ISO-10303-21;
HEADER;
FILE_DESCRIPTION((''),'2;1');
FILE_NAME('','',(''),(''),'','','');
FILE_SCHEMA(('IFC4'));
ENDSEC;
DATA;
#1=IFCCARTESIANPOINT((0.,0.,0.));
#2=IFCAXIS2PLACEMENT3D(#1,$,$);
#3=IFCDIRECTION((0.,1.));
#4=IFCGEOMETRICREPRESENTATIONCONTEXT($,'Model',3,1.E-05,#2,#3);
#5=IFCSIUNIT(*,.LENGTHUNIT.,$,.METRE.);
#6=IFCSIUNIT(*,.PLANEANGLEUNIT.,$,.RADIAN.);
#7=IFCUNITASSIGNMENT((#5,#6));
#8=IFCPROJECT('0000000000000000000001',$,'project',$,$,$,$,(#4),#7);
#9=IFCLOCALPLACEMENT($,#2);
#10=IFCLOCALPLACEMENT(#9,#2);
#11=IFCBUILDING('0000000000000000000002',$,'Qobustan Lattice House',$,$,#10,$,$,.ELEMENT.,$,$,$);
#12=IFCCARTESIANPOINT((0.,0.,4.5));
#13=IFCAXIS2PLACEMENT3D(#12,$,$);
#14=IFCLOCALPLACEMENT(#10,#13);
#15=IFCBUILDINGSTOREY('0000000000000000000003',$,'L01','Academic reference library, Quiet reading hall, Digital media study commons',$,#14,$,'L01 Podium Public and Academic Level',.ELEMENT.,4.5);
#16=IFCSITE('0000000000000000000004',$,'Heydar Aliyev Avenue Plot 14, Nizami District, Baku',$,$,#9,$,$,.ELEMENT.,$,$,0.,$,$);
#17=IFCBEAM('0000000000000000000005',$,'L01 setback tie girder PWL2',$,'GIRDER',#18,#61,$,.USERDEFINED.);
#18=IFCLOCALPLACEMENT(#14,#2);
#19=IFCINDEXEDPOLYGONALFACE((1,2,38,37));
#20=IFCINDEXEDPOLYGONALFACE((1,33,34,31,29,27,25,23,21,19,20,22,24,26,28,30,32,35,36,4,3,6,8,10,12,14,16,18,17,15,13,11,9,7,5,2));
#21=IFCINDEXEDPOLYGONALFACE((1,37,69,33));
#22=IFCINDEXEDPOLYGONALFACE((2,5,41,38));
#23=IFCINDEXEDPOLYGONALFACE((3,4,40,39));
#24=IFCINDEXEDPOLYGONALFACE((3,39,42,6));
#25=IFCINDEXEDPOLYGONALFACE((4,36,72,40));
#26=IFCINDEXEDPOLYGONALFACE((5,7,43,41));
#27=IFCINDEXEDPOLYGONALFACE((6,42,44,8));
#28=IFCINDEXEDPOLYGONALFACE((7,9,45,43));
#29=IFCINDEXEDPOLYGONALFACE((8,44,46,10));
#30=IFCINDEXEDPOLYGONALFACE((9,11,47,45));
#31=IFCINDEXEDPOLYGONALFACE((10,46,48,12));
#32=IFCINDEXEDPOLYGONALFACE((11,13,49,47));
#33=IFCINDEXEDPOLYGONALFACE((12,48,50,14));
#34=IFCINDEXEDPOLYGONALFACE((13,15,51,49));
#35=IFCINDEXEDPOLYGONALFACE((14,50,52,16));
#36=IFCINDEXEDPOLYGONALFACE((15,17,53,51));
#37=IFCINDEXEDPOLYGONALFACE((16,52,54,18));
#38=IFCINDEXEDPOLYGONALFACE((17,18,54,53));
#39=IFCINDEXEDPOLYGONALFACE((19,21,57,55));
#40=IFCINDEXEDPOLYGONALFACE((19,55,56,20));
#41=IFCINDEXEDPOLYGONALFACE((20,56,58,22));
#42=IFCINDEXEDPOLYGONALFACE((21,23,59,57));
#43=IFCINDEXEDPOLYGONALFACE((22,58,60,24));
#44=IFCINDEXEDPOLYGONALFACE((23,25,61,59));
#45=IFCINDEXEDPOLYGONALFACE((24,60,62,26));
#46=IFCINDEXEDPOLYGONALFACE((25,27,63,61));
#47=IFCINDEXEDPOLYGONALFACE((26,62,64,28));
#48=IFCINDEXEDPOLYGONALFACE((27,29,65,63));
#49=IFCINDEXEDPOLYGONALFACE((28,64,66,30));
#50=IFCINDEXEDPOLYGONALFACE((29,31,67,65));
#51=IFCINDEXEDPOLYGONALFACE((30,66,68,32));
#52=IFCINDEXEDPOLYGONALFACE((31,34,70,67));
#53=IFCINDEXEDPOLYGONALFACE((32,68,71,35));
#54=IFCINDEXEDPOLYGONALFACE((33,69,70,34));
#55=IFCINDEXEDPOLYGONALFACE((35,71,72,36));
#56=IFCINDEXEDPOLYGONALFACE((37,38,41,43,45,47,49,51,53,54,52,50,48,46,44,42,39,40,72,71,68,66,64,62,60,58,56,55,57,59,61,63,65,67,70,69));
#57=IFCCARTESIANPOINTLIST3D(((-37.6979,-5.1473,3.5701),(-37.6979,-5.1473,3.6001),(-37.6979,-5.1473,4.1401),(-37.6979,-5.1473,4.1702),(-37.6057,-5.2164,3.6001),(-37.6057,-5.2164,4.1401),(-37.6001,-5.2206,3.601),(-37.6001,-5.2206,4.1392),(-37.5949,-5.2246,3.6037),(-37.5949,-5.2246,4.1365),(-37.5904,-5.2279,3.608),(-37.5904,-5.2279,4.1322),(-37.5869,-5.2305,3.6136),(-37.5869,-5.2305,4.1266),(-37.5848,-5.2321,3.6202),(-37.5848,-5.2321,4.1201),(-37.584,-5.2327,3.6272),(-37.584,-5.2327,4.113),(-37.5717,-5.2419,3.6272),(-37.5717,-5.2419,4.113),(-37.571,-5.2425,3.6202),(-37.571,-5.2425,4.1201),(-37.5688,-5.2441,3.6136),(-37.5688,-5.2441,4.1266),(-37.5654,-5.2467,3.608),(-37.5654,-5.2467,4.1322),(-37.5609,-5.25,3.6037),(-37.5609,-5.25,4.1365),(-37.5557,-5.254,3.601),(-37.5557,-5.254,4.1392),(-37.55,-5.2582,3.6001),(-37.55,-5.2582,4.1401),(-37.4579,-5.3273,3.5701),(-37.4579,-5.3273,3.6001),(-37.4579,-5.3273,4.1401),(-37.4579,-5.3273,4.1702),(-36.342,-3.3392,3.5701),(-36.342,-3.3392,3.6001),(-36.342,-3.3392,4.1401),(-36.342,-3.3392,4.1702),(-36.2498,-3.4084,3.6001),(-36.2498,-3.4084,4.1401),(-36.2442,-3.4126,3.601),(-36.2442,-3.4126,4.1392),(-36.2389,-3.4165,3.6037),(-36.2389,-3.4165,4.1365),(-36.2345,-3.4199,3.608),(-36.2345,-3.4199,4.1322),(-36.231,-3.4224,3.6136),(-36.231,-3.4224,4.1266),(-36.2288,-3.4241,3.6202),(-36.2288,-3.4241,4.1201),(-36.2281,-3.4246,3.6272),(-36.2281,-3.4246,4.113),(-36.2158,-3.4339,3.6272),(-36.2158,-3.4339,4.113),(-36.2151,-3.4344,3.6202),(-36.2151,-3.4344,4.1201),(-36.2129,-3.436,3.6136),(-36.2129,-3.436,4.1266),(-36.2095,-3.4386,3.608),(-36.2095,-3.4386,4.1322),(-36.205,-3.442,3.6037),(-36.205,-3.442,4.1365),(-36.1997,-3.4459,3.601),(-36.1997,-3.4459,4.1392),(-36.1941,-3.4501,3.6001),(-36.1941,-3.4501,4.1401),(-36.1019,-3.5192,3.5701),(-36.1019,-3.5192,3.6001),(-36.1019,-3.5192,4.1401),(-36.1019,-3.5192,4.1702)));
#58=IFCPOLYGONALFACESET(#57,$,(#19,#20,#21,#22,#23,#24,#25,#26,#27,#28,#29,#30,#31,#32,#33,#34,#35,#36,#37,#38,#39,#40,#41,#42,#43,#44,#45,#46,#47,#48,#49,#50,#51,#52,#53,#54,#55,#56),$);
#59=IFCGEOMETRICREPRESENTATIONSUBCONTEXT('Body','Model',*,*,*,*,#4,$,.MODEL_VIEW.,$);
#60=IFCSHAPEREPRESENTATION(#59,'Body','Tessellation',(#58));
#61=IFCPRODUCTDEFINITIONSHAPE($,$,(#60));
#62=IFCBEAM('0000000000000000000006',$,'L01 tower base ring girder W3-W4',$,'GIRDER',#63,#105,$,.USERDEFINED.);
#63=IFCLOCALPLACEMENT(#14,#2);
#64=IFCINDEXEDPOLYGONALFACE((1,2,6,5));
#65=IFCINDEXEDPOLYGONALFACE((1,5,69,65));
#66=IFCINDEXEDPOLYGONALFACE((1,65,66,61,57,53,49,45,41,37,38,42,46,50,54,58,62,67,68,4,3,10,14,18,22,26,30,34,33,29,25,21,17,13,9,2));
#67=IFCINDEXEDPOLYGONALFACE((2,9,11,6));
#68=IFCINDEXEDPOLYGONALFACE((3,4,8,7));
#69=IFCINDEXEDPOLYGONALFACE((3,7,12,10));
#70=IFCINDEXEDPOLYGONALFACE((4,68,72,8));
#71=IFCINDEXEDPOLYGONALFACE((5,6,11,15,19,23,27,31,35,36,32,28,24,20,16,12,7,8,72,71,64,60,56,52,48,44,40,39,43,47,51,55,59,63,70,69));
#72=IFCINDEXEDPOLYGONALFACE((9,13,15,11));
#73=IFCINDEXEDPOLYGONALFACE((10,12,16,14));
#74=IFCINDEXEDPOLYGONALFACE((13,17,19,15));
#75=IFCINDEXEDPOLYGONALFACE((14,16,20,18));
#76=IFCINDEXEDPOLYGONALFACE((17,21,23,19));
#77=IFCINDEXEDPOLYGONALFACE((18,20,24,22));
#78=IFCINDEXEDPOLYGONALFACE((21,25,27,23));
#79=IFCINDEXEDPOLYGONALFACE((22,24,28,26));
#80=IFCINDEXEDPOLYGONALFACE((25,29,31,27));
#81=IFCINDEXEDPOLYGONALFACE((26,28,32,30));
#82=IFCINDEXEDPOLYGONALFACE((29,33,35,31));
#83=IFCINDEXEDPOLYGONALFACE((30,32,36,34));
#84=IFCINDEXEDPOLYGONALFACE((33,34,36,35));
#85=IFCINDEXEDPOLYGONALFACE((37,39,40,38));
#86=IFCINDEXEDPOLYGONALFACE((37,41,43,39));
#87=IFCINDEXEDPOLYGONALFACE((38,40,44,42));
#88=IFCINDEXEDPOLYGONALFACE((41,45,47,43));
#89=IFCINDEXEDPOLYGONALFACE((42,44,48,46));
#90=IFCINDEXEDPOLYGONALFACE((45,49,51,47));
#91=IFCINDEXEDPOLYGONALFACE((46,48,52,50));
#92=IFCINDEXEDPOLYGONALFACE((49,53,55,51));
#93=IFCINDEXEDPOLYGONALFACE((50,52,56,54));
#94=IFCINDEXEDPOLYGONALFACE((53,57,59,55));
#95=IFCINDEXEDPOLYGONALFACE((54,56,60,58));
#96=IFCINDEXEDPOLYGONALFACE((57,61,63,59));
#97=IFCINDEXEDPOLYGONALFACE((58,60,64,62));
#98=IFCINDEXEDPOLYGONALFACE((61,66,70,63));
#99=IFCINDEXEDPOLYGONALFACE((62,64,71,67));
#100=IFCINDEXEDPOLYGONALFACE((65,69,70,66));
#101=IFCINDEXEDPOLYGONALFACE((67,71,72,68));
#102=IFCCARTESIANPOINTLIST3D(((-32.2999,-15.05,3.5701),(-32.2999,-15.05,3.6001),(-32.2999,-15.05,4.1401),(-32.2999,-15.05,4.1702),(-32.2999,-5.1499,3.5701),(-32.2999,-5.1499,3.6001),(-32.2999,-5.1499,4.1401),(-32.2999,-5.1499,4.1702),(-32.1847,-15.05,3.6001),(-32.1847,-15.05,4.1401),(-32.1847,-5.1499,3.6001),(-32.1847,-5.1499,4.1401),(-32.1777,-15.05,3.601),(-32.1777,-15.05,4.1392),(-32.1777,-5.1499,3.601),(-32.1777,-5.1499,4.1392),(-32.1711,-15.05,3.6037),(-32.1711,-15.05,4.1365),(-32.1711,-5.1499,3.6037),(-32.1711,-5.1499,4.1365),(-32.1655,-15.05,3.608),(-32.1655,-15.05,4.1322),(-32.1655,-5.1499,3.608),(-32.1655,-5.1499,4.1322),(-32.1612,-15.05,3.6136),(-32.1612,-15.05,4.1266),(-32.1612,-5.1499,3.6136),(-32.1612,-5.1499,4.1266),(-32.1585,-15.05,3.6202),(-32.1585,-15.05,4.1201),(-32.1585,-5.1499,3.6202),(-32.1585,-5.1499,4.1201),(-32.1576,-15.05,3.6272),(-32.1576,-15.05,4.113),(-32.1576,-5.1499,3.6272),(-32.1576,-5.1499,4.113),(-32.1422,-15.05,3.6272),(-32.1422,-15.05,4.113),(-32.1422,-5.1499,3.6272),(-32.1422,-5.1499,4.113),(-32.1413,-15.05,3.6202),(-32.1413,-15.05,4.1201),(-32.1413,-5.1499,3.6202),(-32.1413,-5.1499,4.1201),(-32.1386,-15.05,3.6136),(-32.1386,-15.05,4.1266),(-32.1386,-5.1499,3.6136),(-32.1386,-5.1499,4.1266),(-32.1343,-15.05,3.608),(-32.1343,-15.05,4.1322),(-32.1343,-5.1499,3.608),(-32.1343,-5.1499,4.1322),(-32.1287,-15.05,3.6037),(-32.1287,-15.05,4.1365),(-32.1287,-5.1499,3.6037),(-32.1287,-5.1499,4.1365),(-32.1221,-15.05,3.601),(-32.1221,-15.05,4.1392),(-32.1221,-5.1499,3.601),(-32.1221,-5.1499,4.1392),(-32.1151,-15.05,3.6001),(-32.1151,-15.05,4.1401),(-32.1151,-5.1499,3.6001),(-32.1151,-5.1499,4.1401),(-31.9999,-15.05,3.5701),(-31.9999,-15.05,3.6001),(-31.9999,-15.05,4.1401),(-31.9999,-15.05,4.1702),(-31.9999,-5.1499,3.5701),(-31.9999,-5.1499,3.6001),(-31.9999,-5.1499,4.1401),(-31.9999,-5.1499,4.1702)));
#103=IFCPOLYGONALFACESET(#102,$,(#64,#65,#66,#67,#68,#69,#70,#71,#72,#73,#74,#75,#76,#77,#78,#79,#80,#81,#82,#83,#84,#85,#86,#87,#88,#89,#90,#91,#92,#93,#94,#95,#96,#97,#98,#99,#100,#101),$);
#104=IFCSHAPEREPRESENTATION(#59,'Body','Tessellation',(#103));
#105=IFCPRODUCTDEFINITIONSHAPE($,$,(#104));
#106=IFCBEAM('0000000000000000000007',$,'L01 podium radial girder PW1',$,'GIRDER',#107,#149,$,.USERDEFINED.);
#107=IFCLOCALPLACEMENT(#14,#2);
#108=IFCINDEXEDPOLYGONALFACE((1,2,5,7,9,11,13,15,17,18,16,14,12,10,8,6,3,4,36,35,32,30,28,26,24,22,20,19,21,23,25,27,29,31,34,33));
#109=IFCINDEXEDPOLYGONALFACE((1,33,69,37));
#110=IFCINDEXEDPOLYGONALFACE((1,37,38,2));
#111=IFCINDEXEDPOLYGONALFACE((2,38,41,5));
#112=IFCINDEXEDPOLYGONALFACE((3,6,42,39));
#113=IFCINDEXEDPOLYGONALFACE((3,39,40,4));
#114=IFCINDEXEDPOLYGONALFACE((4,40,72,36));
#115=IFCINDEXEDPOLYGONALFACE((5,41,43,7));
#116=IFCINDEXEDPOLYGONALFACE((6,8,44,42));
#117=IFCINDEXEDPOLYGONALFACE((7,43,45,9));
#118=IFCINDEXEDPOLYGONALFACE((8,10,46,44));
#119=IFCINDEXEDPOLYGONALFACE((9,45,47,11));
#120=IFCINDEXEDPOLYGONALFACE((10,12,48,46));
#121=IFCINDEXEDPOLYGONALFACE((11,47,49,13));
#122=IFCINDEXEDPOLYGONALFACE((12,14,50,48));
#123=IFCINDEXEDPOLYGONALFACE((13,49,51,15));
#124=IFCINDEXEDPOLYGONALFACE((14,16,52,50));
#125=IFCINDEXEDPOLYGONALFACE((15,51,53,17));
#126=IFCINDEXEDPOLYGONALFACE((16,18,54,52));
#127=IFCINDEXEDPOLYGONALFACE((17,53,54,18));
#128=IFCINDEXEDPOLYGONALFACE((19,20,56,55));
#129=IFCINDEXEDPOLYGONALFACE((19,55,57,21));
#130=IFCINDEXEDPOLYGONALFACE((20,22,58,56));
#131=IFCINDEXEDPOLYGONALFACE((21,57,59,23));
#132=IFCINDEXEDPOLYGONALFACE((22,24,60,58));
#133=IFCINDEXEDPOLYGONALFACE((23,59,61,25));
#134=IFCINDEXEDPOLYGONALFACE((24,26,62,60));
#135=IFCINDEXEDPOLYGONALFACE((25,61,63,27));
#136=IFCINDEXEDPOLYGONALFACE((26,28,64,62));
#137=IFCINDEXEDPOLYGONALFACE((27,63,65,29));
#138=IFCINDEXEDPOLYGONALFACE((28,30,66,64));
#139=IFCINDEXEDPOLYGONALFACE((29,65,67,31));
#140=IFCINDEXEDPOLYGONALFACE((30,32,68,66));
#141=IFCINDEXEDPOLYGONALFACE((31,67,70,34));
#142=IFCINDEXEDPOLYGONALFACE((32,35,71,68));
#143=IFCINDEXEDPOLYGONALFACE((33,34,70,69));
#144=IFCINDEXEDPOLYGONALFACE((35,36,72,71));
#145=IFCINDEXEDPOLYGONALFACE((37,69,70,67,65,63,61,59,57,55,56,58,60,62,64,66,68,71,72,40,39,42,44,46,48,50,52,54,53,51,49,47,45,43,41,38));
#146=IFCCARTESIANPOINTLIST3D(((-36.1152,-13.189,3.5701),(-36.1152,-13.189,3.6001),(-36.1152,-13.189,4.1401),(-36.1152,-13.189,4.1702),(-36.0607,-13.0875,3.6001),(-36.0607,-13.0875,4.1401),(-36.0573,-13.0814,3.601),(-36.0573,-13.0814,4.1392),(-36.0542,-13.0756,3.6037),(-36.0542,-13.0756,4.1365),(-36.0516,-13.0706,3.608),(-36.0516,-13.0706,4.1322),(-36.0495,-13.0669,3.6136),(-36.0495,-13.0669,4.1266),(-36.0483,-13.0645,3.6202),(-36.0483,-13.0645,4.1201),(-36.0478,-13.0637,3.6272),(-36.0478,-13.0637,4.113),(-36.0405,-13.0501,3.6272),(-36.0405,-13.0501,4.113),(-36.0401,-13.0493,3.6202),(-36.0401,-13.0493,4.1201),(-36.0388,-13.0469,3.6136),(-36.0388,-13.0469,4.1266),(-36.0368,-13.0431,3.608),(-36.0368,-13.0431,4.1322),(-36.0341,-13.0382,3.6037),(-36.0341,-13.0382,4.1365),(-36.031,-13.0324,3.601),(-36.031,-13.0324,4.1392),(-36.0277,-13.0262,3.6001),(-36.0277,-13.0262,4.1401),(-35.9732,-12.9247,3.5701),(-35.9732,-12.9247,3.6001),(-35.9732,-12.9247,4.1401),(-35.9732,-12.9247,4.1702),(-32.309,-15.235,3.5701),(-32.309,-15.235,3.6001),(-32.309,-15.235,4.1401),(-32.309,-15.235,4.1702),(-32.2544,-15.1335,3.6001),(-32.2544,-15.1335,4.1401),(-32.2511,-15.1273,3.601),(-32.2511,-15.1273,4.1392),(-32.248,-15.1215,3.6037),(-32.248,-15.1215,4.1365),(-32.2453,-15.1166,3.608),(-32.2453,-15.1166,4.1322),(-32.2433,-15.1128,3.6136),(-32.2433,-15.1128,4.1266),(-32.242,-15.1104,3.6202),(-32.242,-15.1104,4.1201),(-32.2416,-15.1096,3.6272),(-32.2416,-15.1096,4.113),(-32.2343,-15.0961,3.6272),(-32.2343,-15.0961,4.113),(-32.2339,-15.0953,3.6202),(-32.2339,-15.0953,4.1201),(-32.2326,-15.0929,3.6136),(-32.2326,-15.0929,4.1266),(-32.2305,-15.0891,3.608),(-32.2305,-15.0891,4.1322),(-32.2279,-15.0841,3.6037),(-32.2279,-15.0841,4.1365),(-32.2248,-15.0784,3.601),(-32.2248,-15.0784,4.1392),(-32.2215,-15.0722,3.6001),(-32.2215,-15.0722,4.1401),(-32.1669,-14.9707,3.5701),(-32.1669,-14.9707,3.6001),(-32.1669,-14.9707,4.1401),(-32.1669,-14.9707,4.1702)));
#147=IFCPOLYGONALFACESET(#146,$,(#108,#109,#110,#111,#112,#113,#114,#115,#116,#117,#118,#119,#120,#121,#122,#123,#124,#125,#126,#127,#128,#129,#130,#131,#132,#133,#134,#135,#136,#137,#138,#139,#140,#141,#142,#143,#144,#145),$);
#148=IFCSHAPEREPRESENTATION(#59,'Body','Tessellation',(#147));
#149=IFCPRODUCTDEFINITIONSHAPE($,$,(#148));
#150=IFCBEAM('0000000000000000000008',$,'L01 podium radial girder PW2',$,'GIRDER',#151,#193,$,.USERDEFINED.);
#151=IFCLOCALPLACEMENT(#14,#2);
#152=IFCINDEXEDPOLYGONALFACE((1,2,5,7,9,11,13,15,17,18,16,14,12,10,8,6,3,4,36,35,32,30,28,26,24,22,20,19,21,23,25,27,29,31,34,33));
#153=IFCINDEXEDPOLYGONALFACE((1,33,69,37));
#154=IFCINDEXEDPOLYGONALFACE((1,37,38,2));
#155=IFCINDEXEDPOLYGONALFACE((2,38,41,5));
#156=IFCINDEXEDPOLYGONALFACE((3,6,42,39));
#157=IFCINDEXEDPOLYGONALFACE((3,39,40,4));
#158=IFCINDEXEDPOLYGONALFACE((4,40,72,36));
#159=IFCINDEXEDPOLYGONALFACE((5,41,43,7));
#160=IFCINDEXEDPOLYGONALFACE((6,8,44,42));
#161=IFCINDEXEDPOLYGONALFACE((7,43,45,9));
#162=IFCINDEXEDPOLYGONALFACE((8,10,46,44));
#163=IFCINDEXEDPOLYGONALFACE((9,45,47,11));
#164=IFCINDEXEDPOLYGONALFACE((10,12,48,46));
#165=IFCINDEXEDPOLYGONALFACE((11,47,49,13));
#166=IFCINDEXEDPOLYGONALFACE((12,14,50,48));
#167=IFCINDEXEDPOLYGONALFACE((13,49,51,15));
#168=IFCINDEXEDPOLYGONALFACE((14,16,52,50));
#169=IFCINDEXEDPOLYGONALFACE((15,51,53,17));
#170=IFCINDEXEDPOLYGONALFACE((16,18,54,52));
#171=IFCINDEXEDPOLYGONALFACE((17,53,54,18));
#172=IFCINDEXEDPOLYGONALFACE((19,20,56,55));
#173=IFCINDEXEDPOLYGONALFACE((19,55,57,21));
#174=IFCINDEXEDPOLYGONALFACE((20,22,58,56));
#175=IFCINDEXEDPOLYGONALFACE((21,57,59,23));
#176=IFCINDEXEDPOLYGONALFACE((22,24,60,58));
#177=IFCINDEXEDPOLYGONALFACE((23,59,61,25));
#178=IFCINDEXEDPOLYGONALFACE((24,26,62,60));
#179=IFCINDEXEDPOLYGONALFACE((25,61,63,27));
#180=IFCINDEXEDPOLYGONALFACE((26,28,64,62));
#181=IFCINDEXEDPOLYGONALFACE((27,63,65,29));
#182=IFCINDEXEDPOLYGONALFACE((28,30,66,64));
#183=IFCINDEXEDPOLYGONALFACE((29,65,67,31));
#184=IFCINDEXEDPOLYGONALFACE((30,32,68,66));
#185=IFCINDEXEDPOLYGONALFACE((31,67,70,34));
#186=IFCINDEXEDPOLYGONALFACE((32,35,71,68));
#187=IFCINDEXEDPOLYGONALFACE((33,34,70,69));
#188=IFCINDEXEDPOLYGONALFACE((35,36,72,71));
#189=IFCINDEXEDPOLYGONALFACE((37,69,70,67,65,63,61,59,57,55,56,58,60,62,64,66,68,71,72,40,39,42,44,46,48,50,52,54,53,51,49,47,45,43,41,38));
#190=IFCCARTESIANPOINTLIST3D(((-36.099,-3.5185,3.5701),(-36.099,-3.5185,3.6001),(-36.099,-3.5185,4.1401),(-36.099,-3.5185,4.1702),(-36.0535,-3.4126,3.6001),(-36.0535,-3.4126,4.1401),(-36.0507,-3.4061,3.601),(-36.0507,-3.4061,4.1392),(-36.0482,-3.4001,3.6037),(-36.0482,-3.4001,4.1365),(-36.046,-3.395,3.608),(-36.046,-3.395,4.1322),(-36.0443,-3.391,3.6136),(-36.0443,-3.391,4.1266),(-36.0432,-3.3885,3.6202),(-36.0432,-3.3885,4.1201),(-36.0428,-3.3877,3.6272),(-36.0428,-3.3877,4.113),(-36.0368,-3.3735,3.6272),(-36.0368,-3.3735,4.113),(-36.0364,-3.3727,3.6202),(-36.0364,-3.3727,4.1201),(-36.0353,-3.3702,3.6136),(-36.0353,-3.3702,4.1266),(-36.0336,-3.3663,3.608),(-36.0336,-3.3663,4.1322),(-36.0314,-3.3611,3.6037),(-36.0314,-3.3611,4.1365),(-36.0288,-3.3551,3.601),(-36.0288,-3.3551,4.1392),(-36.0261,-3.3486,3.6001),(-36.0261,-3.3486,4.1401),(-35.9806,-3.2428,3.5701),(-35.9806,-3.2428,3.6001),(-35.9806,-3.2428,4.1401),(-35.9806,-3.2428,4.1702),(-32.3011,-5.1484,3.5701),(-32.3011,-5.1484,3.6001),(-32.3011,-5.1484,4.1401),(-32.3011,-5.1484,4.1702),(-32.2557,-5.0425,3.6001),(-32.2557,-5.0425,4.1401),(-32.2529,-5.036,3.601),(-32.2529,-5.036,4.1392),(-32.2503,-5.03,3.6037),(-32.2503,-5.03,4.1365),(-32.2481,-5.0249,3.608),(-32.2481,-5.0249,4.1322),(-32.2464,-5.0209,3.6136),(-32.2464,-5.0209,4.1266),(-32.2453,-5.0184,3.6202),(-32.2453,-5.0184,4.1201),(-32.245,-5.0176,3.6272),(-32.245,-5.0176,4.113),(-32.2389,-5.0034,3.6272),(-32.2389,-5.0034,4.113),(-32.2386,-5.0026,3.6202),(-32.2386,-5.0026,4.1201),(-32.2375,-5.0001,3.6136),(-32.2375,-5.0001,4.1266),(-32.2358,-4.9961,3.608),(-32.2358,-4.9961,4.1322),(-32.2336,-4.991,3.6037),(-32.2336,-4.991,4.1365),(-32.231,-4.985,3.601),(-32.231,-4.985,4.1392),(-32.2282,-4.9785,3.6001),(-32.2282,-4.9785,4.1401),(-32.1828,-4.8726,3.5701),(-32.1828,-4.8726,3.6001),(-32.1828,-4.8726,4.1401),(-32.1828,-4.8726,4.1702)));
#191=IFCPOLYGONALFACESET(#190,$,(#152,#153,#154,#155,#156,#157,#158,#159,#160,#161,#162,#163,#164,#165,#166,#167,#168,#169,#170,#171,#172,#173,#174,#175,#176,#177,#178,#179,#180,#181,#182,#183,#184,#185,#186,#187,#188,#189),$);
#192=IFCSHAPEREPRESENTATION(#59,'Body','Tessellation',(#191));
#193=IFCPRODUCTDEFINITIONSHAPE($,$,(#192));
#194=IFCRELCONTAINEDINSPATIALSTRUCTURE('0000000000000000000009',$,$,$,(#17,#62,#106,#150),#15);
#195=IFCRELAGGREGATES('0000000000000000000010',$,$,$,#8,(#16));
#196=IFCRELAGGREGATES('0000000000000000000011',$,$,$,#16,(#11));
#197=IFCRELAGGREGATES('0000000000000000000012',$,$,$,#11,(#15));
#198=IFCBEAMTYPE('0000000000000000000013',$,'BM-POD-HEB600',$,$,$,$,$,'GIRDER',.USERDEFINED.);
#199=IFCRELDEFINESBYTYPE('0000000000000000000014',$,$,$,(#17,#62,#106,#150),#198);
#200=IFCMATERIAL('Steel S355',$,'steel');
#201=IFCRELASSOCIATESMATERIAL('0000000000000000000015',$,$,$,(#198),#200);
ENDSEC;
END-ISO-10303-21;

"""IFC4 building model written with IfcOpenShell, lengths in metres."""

from ifc_helpers import new_model, si_unit, direction, frame, origin, origin_2d, place, context, subcontext, project, spatial, i_section, extrude, material, material_profile, profile_set, type_object, element, save


model = new_model("IFC4")

# Units and contexts
model_context = context("Model", 3, precision=1e-05, world=origin(), true_north=direction((0.0, 1.0)))
body_context = subcontext(model_context, "Body", "Model", "MODEL_VIEW")
ifc_project = project(units=[si_unit("LENGTHUNIT", "METRE"), si_unit("PLANEANGLEUNIT", "RADIAN")], contexts=[model_context])

# Site, building, storey
site_placement = place(None, origin())
site = spatial("IfcSite", under=ifc_project, at=site_placement, Name="Heydar Aliyev Avenue Plot 14, Nizami District, Baku", CompositionType="ELEMENT", RefElevation=0.0)
building_placement = place(site_placement, origin())
building = spatial("IfcBuilding", under=site, at=building_placement, Name="Qobustan Lattice House", CompositionType="ELEMENT")
storey_placement = place(building_placement, frame((0.0, 0.0, 4.5)))
storey = spatial("IfcBuildingStorey", under=building, at=storey_placement, Name="L01", Description="Academic reference library, Quiet reading hall, Digital media study commons", LongName="L01 Podium Public and Academic Level", CompositionType="ELEMENT", Elevation=4.5)

# Beams
ifc_material_1 = material(Name="Steel S355", Category="steel")
ifc_material_profile_1 = material_profile(ifc_material_1, i_section(OverallWidth=0.3, OverallDepth=0.6001, WebThickness=0.0154, FlangeThickness=0.03, FilletRadius=0.0271, at=origin_2d()), Name="HEB600")
ifc_profile_set_1 = profile_set([ifc_material_profile_1], Name="Steel S355")
beam_type_1 = type_object("IfcBeamType", Name="BM-POD-HEB600", ElementType="GIRDER", PredefinedType="USERDEFINED", material=ifc_profile_set_1)
beam_1_placement = place(storey_placement, frame((-37.5779, -5.2373, 3.8701), z_axis=(0.599965, 0.800026, 0.0), x_axis=(-0.800026, 0.599965, 0.0)))
element("IfcBeam", 1, at=beam_1_placement, inside=storey, type_object=beam_type_1, Name="L01 setback tie girder PWL2", ObjectType="GIRDER", PredefinedType="USERDEFINED", context=body_context, shape_type="SweptSolid", body=[
    extrude(i_section(OverallWidth=0.3, OverallDepth=0.6001, WebThickness=0.0154, FlangeThickness=0.03, FilletRadius=0.0271, at=origin_2d()), origin(), (0.0, 0.0, 1.0), 2.26),
])
beam_2_placement = place(storey_placement, frame((-32.1499, -5.1499, 3.8701), z_axis=(0.0, -1.0, 0.0), x_axis=(1.0, 0.0, 0.0)))
element("IfcBeam", 2, at=beam_2_placement, inside=storey, type_object=beam_type_1, Name="L01 tower base ring girder W3-W4", ObjectType="GIRDER", PredefinedType="USERDEFINED", context=body_context, shape_type="SweptSolid", body=[
    extrude(i_section(OverallWidth=0.3, OverallDepth=0.6001, WebThickness=0.0154, FlangeThickness=0.03, FilletRadius=0.0271, at=origin_2d()), origin(), (0.0, 0.0, 1.0), 9.9001),
])
beam_3_placement = place(storey_placement, frame((-36.0442, -13.0569, 3.8701), z_axis=(0.880816, -0.47346, 0.0), x_axis=(0.47346, 0.880816, 0.0)))
element("IfcBeam", 3, at=beam_3_placement, inside=storey, type_object=beam_type_1, Name="L01 podium radial girder PW1", ObjectType="GIRDER", PredefinedType="USERDEFINED", context=body_context, shape_type="SweptSolid", body=[
    extrude(i_section(OverallWidth=0.3, OverallDepth=0.6001, WebThickness=0.0154, FlangeThickness=0.03, FilletRadius=0.0271, at=origin_2d()), origin(), (0.0, 0.0, 1.0), 4.3213),
])
beam_4_placement = place(storey_placement, frame((-36.0398, -3.3806, 3.8701), z_axis=(0.918949, -0.394376, 0.0), x_axis=(0.394376, 0.918949, 0.0)))
element("IfcBeam", 4, at=beam_4_placement, inside=storey, type_object=beam_type_1, Name="L01 podium radial girder PW2", ObjectType="GIRDER", PredefinedType="USERDEFINED", context=body_context, shape_type="SweptSolid", body=[
    extrude(i_section(OverallWidth=0.3, OverallDepth=0.6001, WebThickness=0.0154, FlangeThickness=0.03, FilletRadius=0.0271, at=origin_2d()), origin(), (0.0, 0.0, 1.0), 4.1328),
])

save(model, "model.ifc")
